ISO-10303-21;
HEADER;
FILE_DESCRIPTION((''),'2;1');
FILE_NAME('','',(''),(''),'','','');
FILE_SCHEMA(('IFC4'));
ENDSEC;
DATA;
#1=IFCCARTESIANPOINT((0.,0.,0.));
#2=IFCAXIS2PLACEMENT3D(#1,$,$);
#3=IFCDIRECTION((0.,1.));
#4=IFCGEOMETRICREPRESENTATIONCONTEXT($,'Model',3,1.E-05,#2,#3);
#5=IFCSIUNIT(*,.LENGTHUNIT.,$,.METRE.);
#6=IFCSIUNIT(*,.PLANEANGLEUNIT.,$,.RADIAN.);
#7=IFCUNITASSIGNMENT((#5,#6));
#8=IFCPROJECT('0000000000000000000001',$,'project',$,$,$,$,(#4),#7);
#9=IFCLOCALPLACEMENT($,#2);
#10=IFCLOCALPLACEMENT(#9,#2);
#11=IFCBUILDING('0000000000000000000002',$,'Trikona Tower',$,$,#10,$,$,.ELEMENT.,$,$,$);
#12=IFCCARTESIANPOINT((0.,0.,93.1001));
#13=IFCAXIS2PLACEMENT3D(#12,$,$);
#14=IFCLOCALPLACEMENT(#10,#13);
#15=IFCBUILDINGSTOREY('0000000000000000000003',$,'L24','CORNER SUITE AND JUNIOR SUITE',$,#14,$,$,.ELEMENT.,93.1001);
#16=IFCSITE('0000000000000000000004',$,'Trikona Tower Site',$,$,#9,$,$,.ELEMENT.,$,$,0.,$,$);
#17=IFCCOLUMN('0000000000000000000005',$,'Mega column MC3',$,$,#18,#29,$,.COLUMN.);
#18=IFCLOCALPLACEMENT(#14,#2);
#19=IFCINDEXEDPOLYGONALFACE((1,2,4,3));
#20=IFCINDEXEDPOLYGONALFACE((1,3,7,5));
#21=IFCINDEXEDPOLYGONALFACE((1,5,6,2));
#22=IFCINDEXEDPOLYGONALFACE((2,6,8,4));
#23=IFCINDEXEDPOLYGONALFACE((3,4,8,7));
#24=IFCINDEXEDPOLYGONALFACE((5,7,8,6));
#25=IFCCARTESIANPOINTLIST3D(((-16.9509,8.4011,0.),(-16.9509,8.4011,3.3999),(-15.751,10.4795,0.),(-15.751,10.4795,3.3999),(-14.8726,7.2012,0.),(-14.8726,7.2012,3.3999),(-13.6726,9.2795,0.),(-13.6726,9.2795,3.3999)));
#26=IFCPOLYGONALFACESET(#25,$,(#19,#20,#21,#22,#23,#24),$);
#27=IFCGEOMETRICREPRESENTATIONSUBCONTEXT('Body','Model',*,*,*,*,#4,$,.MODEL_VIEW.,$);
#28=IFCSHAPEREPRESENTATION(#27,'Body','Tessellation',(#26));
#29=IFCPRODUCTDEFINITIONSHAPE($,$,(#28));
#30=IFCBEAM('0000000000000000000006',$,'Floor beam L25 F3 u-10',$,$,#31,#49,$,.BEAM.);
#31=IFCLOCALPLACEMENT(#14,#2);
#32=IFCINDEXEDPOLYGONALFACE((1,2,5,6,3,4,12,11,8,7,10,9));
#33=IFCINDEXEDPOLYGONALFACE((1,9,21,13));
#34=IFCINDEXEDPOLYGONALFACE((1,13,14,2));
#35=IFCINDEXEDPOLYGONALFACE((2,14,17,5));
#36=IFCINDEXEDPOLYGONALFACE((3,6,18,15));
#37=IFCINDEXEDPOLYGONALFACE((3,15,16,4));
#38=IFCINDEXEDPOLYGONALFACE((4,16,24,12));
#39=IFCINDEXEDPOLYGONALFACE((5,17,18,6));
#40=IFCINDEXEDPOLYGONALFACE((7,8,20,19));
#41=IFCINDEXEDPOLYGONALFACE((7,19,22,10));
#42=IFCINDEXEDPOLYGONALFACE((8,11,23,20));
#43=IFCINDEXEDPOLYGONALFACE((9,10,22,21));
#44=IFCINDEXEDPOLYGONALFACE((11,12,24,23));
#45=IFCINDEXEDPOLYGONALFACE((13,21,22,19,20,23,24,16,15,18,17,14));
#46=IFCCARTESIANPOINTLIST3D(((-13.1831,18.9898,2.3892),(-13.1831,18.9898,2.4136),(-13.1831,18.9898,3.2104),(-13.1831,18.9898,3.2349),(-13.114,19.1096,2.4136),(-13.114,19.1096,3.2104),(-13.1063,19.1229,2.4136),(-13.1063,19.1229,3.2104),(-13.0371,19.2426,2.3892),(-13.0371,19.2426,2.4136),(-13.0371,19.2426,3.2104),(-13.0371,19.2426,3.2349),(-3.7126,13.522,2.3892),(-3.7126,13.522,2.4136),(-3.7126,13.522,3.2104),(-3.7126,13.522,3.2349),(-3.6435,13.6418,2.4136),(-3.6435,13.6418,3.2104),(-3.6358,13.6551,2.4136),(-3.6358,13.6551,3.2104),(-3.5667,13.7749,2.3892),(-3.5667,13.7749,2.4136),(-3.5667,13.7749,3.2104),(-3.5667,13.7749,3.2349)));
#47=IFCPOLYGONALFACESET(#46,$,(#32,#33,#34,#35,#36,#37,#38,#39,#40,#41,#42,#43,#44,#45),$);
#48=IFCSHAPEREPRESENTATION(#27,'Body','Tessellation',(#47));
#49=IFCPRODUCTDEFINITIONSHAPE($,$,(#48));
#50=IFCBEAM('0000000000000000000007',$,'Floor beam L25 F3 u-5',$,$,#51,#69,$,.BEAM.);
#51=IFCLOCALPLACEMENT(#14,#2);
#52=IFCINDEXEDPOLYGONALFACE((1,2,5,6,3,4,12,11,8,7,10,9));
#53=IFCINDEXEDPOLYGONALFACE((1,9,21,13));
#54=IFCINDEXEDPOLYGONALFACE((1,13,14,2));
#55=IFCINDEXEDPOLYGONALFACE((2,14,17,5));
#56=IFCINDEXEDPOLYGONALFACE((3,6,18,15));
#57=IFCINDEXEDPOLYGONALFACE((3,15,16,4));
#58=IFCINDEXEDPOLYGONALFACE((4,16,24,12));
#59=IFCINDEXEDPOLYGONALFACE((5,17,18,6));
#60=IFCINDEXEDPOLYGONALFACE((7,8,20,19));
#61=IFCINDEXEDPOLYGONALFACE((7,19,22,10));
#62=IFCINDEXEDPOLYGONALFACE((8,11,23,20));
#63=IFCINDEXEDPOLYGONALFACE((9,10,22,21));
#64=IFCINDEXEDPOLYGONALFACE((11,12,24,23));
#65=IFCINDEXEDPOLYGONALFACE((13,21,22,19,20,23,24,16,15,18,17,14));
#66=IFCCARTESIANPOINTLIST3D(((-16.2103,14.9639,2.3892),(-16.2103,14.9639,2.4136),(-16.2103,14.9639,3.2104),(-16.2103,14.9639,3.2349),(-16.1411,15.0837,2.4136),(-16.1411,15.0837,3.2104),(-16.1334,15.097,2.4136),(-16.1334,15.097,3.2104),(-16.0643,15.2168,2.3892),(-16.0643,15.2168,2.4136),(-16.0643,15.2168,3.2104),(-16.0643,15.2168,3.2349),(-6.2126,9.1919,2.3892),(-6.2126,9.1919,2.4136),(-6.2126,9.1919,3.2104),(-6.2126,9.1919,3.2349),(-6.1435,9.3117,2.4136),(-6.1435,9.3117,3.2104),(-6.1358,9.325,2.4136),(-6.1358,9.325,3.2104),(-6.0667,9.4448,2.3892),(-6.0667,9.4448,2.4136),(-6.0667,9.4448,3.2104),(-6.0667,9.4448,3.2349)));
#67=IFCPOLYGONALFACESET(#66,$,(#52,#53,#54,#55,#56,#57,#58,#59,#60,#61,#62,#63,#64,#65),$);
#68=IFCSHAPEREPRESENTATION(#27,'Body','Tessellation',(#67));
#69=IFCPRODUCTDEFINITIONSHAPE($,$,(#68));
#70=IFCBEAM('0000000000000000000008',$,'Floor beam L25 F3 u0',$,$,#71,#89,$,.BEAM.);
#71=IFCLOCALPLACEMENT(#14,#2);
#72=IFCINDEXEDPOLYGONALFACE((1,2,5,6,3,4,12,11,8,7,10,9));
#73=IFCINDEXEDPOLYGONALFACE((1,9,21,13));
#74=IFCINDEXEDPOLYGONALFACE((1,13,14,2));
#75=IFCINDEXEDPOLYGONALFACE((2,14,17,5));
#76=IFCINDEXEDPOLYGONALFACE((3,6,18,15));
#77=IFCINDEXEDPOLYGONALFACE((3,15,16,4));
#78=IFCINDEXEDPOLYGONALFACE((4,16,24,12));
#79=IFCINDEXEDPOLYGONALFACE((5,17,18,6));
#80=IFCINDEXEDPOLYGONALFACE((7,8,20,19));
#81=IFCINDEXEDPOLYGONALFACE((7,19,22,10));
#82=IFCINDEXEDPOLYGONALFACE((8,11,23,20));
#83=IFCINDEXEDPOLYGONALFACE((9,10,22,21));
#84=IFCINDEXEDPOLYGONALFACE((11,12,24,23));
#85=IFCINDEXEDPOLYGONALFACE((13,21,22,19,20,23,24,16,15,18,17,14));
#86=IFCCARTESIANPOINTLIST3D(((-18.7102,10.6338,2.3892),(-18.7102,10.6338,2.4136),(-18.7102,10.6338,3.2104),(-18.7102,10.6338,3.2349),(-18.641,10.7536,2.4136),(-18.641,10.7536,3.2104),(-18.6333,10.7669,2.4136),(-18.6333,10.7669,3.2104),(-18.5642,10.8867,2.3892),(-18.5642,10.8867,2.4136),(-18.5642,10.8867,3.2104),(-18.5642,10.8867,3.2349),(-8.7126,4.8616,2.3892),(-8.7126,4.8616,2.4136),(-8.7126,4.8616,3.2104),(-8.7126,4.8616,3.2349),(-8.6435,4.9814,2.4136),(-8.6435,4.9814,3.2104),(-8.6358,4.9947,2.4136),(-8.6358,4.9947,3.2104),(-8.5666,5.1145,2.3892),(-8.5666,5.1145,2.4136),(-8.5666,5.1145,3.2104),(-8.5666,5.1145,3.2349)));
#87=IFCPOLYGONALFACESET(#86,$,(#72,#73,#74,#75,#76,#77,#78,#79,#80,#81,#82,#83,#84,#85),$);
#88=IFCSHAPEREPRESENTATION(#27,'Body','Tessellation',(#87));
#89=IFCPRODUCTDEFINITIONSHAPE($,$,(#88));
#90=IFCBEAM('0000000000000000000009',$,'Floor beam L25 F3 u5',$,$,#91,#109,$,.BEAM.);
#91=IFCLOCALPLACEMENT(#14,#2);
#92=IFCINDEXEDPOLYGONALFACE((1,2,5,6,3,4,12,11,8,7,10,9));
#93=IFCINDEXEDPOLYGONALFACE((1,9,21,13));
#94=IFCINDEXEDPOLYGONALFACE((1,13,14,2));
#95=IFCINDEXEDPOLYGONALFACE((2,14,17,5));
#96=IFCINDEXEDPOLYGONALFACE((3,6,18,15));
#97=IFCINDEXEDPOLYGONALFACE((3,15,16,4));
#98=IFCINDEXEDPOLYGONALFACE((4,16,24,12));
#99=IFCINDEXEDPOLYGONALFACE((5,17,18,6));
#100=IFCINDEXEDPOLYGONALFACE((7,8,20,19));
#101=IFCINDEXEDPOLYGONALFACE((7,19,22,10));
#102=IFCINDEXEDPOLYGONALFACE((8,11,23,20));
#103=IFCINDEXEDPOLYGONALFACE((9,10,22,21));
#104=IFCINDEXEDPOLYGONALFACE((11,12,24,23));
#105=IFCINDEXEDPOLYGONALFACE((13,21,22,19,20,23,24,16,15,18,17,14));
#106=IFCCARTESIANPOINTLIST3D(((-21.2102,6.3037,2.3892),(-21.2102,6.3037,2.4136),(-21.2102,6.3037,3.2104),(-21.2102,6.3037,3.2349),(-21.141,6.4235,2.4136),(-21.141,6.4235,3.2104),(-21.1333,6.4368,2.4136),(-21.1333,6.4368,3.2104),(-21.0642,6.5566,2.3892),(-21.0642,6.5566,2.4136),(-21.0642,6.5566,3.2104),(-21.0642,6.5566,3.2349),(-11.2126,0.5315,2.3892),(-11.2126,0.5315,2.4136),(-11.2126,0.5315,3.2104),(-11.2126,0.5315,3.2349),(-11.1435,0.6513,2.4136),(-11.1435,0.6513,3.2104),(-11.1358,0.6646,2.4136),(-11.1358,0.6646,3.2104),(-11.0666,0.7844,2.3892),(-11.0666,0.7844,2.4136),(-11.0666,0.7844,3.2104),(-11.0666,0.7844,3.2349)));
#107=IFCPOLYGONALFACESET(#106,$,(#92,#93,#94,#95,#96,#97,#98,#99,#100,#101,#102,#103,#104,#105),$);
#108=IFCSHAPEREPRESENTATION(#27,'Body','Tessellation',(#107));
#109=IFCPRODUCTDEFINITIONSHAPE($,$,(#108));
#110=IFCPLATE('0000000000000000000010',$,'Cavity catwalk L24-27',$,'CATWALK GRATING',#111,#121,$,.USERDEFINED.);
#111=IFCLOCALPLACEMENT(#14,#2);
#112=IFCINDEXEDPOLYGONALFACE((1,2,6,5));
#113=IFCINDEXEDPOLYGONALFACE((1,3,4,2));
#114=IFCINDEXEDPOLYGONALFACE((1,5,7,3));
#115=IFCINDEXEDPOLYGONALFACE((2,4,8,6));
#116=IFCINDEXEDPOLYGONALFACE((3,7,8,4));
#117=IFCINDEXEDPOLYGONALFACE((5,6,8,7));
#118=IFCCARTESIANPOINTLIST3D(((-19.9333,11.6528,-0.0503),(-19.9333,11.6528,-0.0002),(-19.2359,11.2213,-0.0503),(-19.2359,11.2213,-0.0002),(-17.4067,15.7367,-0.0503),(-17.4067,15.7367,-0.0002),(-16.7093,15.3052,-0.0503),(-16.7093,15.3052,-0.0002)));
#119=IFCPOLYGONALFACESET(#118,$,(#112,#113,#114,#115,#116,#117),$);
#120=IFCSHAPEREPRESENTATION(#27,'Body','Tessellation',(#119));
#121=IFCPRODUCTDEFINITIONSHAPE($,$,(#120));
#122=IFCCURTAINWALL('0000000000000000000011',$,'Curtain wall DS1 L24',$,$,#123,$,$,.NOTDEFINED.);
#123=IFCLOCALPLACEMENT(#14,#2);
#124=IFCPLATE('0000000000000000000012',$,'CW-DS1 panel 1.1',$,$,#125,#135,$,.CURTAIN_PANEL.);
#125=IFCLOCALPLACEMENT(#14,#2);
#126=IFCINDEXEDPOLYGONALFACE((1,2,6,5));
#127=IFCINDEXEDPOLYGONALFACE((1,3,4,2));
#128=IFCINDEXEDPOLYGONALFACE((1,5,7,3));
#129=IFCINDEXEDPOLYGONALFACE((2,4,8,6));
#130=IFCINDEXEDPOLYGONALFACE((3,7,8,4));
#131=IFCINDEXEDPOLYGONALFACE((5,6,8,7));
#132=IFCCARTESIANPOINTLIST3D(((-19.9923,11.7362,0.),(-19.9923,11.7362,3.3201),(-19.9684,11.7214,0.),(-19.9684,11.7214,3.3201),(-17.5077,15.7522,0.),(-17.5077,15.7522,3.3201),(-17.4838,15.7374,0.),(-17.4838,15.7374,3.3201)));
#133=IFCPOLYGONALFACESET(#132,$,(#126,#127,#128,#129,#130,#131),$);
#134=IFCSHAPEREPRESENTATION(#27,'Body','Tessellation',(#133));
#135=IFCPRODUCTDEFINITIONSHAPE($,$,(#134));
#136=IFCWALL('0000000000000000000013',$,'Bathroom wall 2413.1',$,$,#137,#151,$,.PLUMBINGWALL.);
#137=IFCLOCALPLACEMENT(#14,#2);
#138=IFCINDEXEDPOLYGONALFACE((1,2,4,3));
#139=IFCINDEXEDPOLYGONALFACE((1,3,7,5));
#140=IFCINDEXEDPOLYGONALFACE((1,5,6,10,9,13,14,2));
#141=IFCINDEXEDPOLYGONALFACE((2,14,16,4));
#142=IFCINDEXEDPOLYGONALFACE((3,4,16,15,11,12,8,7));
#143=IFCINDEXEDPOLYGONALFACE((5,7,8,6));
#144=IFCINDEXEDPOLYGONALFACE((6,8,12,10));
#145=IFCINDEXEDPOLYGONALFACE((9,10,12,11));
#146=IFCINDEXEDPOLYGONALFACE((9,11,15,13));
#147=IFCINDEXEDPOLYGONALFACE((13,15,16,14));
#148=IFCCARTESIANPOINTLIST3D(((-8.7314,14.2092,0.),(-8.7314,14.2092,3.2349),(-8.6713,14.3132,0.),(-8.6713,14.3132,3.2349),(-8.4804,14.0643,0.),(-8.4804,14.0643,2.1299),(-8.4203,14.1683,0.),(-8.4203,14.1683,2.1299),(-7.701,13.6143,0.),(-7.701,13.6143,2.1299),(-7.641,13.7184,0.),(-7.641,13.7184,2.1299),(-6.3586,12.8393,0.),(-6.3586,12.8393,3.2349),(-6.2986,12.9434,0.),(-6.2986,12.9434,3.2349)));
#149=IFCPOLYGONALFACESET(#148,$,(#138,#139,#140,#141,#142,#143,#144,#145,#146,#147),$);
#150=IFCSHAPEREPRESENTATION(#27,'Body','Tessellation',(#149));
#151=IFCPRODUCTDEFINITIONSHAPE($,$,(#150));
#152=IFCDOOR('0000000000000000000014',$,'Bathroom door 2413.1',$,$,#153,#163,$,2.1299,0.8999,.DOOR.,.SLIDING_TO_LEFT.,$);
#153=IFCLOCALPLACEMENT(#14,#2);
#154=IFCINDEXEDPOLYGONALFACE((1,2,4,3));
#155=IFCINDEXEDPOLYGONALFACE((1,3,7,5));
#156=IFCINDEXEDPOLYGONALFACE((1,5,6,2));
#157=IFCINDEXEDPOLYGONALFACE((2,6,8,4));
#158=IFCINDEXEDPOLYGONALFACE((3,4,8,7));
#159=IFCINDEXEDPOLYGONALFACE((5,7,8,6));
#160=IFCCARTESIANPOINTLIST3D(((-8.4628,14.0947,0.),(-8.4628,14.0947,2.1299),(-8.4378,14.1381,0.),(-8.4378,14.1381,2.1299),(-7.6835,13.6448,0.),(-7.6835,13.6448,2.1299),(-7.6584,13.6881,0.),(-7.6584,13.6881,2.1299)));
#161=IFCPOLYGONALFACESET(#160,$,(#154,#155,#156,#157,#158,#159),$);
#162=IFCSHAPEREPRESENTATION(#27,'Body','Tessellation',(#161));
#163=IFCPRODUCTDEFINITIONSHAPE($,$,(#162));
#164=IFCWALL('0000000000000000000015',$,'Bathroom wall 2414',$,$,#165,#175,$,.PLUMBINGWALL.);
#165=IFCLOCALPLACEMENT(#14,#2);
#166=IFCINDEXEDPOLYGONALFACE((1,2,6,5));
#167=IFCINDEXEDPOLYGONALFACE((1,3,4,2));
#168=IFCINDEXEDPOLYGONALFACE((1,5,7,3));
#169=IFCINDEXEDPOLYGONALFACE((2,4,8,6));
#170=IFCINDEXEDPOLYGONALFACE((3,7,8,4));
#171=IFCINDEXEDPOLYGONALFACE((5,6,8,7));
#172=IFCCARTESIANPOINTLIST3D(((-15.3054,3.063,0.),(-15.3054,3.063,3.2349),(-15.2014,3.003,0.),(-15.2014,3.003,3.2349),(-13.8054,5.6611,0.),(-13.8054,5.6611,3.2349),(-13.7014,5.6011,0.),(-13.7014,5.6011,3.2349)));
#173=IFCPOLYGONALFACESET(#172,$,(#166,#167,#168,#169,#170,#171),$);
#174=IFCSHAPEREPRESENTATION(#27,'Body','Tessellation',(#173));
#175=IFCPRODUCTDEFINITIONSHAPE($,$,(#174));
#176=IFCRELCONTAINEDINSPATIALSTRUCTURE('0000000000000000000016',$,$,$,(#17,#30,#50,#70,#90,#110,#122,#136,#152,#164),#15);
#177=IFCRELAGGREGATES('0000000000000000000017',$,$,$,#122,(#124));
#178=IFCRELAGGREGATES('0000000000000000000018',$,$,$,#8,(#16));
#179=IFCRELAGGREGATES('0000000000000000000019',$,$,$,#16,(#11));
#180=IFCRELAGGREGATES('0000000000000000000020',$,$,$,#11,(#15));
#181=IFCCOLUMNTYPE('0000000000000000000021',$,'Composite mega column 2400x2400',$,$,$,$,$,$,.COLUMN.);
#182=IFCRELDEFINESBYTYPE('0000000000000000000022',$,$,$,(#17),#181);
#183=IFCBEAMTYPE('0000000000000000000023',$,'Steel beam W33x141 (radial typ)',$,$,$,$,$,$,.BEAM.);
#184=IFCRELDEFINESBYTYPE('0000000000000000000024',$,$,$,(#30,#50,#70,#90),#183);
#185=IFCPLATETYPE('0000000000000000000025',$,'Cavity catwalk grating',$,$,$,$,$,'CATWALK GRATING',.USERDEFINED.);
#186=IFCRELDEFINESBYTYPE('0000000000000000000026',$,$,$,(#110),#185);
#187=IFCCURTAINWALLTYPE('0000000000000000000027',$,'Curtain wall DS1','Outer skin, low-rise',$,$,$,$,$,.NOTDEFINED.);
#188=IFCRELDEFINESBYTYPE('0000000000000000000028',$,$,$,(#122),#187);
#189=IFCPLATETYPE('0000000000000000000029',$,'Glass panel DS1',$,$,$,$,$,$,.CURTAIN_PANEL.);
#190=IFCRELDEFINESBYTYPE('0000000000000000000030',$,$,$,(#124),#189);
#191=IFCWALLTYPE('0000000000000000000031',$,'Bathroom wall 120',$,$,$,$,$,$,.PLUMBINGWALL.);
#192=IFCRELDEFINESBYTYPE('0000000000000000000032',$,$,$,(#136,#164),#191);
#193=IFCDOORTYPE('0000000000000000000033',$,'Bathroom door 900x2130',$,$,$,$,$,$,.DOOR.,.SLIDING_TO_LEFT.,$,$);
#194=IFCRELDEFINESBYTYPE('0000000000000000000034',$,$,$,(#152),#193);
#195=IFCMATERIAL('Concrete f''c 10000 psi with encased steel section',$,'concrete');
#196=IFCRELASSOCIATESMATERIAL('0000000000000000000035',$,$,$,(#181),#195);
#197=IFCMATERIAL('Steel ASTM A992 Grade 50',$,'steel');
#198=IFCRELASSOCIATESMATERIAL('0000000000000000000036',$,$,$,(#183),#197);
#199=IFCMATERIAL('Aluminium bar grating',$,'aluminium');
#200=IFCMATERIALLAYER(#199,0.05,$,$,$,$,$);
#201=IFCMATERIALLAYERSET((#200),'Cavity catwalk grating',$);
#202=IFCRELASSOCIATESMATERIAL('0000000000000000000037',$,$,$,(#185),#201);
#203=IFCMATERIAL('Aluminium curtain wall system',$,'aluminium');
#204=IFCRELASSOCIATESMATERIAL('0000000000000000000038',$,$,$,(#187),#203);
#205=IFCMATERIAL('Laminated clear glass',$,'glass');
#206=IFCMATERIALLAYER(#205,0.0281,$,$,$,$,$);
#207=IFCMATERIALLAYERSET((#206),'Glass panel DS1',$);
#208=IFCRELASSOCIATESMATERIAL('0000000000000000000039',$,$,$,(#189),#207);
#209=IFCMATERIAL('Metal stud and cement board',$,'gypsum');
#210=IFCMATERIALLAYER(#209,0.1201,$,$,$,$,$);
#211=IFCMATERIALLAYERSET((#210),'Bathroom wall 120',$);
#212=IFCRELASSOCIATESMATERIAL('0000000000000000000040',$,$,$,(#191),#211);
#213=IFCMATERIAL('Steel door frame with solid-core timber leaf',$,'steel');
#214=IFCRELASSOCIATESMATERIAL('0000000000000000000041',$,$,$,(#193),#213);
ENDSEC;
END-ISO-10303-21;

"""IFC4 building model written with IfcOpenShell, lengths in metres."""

from ifc_helpers import new_model, si_unit, direction, frame, frame_2d, origin, origin_2d, place, context, subcontext, project, spatial, rectangle, i_section, extrude, material, layer, layer_set, material_profile, profile_set, type_object, element, fill, aggregate, save


model = new_model("IFC4")

# Units and contexts
model_context = context("Model", 3, precision=1e-05, world=origin(), true_north=direction((0.0, 1.0)))
body_context = subcontext(model_context, "Body", "Model", "MODEL_VIEW")
ifc_project = project(units=[si_unit("LENGTHUNIT", "METRE"), si_unit("PLANEANGLEUNIT", "RADIAN")], contexts=[model_context])

# Site, building, storey
site_placement = place(None, origin())
site = spatial("IfcSite", under=ifc_project, at=site_placement, Name="Trikona Tower Site", CompositionType="ELEMENT", RefElevation=0.0)
building_placement = place(site_placement, origin())
building = spatial("IfcBuilding", under=site, at=building_placement, Name="Trikona Tower", CompositionType="ELEMENT")
storey_placement = place(building_placement, frame((0.0, 0.0, 93.1001)))
storey = spatial("IfcBuildingStorey", under=building, at=storey_placement, Name="L24", Description="CORNER SUITE AND JUNIOR SUITE", CompositionType="ELEMENT", Elevation=93.1001)

# Column
ifc_material_1 = material(Name="Concrete f'c 10000 psi with encased steel section", Category="concrete")
ifc_material_profile_1 = material_profile(ifc_material_1, rectangle(XDim=2.3999, YDim=2.3999, at=origin_2d()), Name="MC2400")
ifc_profile_set_1 = profile_set([ifc_material_profile_1], Name="Concrete f'c 10000 psi with encased steel section")
column_type = type_object("IfcColumnType", Name="Composite mega column 2400x2400", PredefinedType="COLUMN", material=ifc_profile_set_1)
column_placement = place(storey_placement, frame((-15.3118, 8.8403, 0.0), z_axis=(0.0, 0.0, 1.0), x_axis=(-0.866025, 0.5, 0.0)))
element("IfcColumn", 1, at=column_placement, inside=storey, type_object=column_type, Name="Mega column MC3", PredefinedType="COLUMN", context=body_context, shape_type="SweptSolid", body=[
    extrude(rectangle(XDim=2.3999, YDim=2.3999, at=origin_2d()), origin(), (0.0, 0.0, 1.0), 3.3999),
])

# Beams
ifc_material_2 = material(Name="Steel ASTM A992 Grade 50", Category="steel")
ifc_material_profile_2 = material_profile(ifc_material_2, i_section(OverallWidth=0.292, OverallDepth=0.8457, WebThickness=0.0154, FlangeThickness=0.0244, at=origin_2d()), Name="W33X141")
ifc_profile_set_2 = profile_set([ifc_material_profile_2], Name="Steel ASTM A992 Grade 50")
beam_type = type_object("IfcBeamType", Name="Steel beam W33x141 (radial typ)", PredefinedType="BEAM", material=ifc_profile_set_2)
beam_placement = place(storey_placement, frame((-3.6396, 13.6484, 2.812), z_axis=(-0.866025, 0.5, 0.0), x_axis=(-0.5, -0.866025, 0.0)))
element("IfcBeam", 2, at=beam_placement, inside=storey, type_object=beam_type, Name="Floor beam L25 F3 u-10", PredefinedType="BEAM", context=body_context, shape_type="SweptSolid", body=[
    extrude(i_section(OverallWidth=0.292, OverallDepth=0.8457, WebThickness=0.0154, FlangeThickness=0.0244, at=origin_2d()), origin(), (0.0, 0.0, 1.0), 10.9355),
])
for number, where, z_axis, x_axis, name in (
    (3, (-6.1396, 9.3184, 2.812), (-0.86603, 0.499992, 0.0), (-0.499992, -0.86603, 0.0), "Floor beam L25 F3 u-5"),
    (4, (-8.6396, 4.988, 2.812), (-0.866021, 0.500008, 0.0), (-0.500008, -0.866021, 0.0), "Floor beam L25 F3 u0"),
    (5, (-11.1396, 0.658, 2.812), (-0.866021, 0.500008, 0.0), (-0.500008, -0.866021, 0.0), "Floor beam L25 F3 u5"),
):
    element("IfcBeam", number, at=place(storey_placement, frame(where, z_axis=z_axis, x_axis=x_axis)), inside=storey, type_object=beam_type, Name=name, PredefinedType="BEAM", context=body_context, shape_type="SweptSolid", body=[
        extrude(i_section(OverallWidth=0.292, OverallDepth=0.8457, WebThickness=0.0154, FlangeThickness=0.0244, at=origin_2d()), origin(), (0.0, 0.0, 1.0), 11.5442),
    ])

# Plate
ifc_material_3 = material(Name="Aluminium bar grating", Category="aluminium")
ifc_layer_1 = layer(ifc_material_3, 0.05)
ifc_layer_set_1 = layer_set([ifc_layer_1], Name="Cavity catwalk grating")
plate_type_1 = type_object("IfcPlateType", Name="Cavity catwalk grating", ElementType="CATWALK GRATING", PredefinedType="USERDEFINED", material=ifc_layer_set_1)
plate_1_placement = place(storey_placement, frame((-18.3213, 13.479, -0.0503), z_axis=(0.0, 0.0, 1.0), x_axis=(-0.526119, -0.850411, 0.0)))
element("IfcPlate", 6, at=plate_1_placement, inside=storey, type_object=plate_type_1, Name="Cavity catwalk L24-27", ObjectType="CATWALK GRATING", PredefinedType="USERDEFINED", context=body_context, shape_type="SweptSolid", body=[
    extrude(rectangle(XDim=4.8022, YDim=0.8201, at=origin_2d()), origin(), (0.0, 0.0, 1.0), 0.05),
])

# Curtain wall, plate
ifc_material_4 = material(Name="Aluminium curtain wall system", Category="aluminium")
curtain_wall_type = type_object("IfcCurtainWallType", Name="Curtain wall DS1", Description="Outer skin, low-rise", PredefinedType="NOTDEFINED", material=ifc_material_4)
curtain_wall_placement = place(storey_placement, origin())
curtain_wall = element("IfcCurtainWall", 7, at=curtain_wall_placement, inside=storey, type_object=curtain_wall_type, Name="Curtain wall DS1 L24", PredefinedType="NOTDEFINED")
ifc_material_5 = material(Name="Laminated clear glass", Category="glass")
ifc_layer_2 = layer(ifc_material_5, 0.0281)
ifc_layer_set_2 = layer_set([ifc_layer_2], Name="Glass panel DS1")
plate_type_2 = type_object("IfcPlateType", Name="Glass panel DS1", PredefinedType="CURTAIN_PANEL", material=ifc_layer_set_2)
plate_2_placement = place(storey_placement, frame((-18.738, 13.7368, 0.0), z_axis=(0.0, 0.0, 1.0), x_axis=(-0.52612, -0.85041, 0.0)))
plate_2 = element("IfcPlate", 8, at=plate_2_placement, type_object=plate_type_2, Name="CW-DS1 panel 1.1", PredefinedType="CURTAIN_PANEL", context=body_context, shape_type="SweptSolid", body=[
    extrude(rectangle(XDim=4.7224, YDim=0.0281, at=origin_2d()), origin(), (0.0, 0.0, 1.0), 3.3201),
])
aggregate(curtain_wall, [plate_2])

# Wall, opening, door
ifc_material_6 = material(Name="Metal stud and cement board", Category="gypsum")
ifc_layer_3 = layer(ifc_material_6, 0.1201)
ifc_layer_set_3 = layer_set([ifc_layer_3], Name="Bathroom wall 120")
wall_type_1 = type_object("IfcWallType", Name="Bathroom wall 120", PredefinedType="PLUMBINGWALL", material=ifc_layer_set_3)
wall_1_placement = place(storey_placement, frame((-6.3286, 12.8914, 0.0), z_axis=(0.0, 0.0, 1.0), x_axis=(-0.866036, 0.499982, 0.0)))
wall_1 = element("IfcWall", 9, at=wall_1_placement, inside=storey, type_object=wall_type_1, Name="Bathroom wall 2413.1", PredefinedType="PLUMBINGWALL", context=body_context, shape_type="SweptSolid", body=[
    extrude(rectangle(XDim=2.7397, YDim=0.1201, at=frame_2d((1.3699, 0.0))), origin(), (0.0, 0.0, 1.0), 3.2349),
])
opening_1_placement = place(wall_1_placement, frame((1.55, 0.0, 0.0)))
opening_1 = element("IfcOpeningElement", 10, at=opening_1_placement, cuts=wall_1, PredefinedType="OPENING", context=body_context, shape_type="SweptSolid", body=[
    extrude(rectangle(XDim=0.8999, YDim=2.1299, at=frame_2d((0.45, 1.0649))), frame((0.0, 0.0701, 0.0), z_axis=(0.0, -1.0, 0.0), x_axis=(1.0, 0.0, 0.0)), (0.0, 0.0, 1.0), 0.1401),
])
ifc_material_7 = material(Name="Steel door frame with solid-core timber leaf", Category="steel")
door_type_1 = type_object("IfcDoorType", Name="Bathroom door 900x2130", OperationType="SLIDING_TO_LEFT", PredefinedType="DOOR", material=ifc_material_7)
door_1_placement = place(opening_1_placement, origin())
door_1 = element("IfcDoor", 11, at=door_1_placement, inside=storey, type_object=door_type_1, Name="Bathroom door 2413.1", OperationType="SLIDING_TO_LEFT", OverallHeight=2.1299, OverallWidth=0.8999, PredefinedType="DOOR", context=body_context, shape_type="SweptSolid", body=[
    extrude(rectangle(XDim=0.8999, YDim=2.1299, at=frame_2d((0.45, 1.0649))), frame((0.0, 0.0249, 0.0), z_axis=(0.0, -1.0, 0.0), x_axis=(1.0, 0.0, 0.0)), (0.0, 0.0, 1.0), 0.05),
])
fill(opening_1, door_1)

# Wall
wall_2_placement = place(storey_placement, frame((-13.7534, 5.6311, 0.0), z_axis=(0.0, 0.0, 1.0), x_axis=(-0.49999, -0.866031, 0.0)))
element("IfcWall", 12, at=wall_2_placement, inside=storey, type_object=wall_type_1, Name="Bathroom wall 2414", PredefinedType="PLUMBINGWALL", context=body_context, shape_type="SweptSolid", body=[
    extrude(rectangle(XDim=3.0, YDim=0.1201, at=frame_2d((1.5, 0.0))), origin(), (0.0, 0.0, 1.0), 3.2349),
])

save(model, "model.ifc")
